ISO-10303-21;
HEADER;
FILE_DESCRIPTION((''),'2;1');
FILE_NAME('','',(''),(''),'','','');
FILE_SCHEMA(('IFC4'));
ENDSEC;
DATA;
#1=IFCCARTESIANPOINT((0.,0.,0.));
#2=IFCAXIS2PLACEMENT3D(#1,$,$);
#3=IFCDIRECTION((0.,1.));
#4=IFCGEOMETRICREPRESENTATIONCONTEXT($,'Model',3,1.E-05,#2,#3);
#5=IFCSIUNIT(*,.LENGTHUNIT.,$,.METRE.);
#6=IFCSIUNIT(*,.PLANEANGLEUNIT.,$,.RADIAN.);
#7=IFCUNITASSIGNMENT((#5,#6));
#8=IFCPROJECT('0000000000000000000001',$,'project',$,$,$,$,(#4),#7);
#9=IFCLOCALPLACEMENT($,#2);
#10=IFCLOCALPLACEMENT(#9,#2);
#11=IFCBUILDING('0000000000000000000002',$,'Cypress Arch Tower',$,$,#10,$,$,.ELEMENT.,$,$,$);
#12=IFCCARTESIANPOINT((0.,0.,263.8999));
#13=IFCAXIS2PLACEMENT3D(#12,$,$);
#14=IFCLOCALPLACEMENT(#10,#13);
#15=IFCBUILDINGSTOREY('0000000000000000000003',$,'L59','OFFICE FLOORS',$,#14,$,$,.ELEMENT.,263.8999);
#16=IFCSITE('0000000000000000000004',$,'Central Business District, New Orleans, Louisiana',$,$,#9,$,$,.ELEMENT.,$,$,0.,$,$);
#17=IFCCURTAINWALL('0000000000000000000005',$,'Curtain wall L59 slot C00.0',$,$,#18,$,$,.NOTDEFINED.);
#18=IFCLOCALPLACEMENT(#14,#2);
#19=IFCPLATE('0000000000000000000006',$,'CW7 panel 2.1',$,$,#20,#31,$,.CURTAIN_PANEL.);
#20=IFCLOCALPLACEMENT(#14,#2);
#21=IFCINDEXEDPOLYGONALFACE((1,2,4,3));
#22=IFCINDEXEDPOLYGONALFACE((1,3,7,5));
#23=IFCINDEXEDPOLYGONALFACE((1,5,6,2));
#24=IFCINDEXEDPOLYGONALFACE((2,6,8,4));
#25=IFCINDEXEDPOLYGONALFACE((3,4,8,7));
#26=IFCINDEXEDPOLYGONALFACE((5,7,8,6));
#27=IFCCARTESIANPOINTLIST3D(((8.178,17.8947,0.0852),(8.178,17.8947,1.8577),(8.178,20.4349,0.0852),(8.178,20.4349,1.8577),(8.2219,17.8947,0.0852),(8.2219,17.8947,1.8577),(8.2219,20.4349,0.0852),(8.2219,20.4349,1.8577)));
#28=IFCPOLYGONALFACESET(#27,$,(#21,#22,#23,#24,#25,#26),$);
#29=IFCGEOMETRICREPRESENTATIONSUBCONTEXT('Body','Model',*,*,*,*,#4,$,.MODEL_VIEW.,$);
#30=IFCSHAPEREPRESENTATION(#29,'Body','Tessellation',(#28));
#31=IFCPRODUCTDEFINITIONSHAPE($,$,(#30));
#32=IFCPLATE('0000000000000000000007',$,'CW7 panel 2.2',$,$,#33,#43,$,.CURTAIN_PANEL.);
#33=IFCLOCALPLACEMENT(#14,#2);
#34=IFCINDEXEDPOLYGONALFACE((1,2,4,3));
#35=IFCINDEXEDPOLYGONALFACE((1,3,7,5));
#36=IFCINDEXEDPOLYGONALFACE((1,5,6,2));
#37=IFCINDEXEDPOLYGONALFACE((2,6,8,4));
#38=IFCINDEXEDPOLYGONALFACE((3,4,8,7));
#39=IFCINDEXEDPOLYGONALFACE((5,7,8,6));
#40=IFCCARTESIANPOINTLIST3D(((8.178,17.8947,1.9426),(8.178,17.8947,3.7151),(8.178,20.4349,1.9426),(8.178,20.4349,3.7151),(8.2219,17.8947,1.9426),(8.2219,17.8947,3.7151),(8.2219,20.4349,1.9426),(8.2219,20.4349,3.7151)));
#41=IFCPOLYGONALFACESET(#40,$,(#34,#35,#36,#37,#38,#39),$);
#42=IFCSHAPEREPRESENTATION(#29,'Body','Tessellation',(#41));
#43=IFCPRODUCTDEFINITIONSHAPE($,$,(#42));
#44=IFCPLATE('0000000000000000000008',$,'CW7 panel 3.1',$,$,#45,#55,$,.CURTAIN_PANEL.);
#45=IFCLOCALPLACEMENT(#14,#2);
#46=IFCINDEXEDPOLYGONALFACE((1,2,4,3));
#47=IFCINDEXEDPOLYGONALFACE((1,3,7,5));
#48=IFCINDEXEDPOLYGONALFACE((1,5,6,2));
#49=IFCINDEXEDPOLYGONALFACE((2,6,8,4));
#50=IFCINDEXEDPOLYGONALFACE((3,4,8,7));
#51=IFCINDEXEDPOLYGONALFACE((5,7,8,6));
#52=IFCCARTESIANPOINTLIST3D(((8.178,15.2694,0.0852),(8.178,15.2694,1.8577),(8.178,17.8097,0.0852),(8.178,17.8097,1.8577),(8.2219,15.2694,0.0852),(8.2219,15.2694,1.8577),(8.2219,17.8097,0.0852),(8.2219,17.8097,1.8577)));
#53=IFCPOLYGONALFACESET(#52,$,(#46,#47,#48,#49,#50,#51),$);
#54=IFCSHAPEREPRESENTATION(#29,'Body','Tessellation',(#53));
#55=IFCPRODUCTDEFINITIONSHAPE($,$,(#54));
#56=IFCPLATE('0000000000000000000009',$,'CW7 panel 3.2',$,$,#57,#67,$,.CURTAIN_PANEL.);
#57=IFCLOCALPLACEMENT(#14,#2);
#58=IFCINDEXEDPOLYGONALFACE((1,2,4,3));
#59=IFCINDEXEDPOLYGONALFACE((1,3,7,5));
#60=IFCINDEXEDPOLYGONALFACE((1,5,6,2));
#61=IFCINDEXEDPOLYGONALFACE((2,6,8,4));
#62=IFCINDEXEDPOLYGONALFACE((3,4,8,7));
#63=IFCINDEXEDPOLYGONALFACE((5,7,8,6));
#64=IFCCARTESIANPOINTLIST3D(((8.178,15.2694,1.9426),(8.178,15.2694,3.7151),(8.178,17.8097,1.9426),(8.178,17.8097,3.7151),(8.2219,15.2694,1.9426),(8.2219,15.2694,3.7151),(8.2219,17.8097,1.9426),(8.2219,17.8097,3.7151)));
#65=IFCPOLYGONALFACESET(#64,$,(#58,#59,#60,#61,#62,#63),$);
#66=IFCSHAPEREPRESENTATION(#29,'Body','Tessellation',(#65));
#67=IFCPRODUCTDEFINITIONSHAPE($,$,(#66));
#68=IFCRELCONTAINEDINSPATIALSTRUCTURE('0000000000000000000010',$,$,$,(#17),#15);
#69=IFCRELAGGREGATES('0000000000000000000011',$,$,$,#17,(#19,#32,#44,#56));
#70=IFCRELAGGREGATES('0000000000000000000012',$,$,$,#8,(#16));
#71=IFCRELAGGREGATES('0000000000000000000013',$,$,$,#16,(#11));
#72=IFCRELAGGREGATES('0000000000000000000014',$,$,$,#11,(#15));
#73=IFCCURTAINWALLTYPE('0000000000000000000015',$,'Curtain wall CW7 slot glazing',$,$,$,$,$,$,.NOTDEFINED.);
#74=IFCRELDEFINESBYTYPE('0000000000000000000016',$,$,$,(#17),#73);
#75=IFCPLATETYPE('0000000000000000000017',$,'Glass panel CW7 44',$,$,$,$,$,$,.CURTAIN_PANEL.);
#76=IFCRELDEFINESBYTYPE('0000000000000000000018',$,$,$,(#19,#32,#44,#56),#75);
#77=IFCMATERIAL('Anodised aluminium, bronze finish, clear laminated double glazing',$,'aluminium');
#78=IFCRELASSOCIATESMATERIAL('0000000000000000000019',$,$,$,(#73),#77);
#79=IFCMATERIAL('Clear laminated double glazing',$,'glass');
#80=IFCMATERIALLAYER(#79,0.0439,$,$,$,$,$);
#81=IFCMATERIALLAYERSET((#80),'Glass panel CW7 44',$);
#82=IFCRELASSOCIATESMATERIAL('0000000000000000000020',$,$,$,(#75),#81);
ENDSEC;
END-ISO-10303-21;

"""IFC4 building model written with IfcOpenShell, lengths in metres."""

from ifc_helpers import new_model, si_unit, direction, frame, origin, origin_2d, place, context, subcontext, project, spatial, rectangle, extrude, material, layer, layer_set, type_object, element, aggregate, save


model = new_model("IFC4")

# Units and contexts
model_context = context("Model", 3, precision=1e-05, world=origin(), true_north=direction((0.0, 1.0)))
body_context = subcontext(model_context, "Body", "Model", "MODEL_VIEW")
ifc_project = project(units=[si_unit("LENGTHUNIT", "METRE"), si_unit("PLANEANGLEUNIT", "RADIAN")], contexts=[model_context])

# Site, building, storey
site_placement = place(None, origin())
site = spatial("IfcSite", under=ifc_project, at=site_placement, Name="Central Business District, New Orleans, Louisiana", CompositionType="ELEMENT", RefElevation=0.0)
building_placement = place(site_placement, origin())
building = spatial("IfcBuilding", under=site, at=building_placement, Name="Cypress Arch Tower", CompositionType="ELEMENT")
storey_placement = place(building_placement, frame((0.0, 0.0, 263.8999)))
storey = spatial("IfcBuildingStorey", under=building, at=storey_placement, Name="L59", Description="OFFICE FLOORS", CompositionType="ELEMENT", Elevation=263.8999)

# Curtain wall, plates
ifc_material_1 = material(Name="Anodised aluminium, bronze finish, clear laminated double glazing", Category="aluminium")
curtain_wall_type = type_object("IfcCurtainWallType", Name="Curtain wall CW7 slot glazing", PredefinedType="NOTDEFINED", material=ifc_material_1)
curtain_wall_placement = place(storey_placement, origin())
curtain_wall = element("IfcCurtainWall", 1, at=curtain_wall_placement, inside=storey, type_object=curtain_wall_type, Name="Curtain wall L59 slot C00.0", PredefinedType="NOTDEFINED")
ifc_material_2 = material(Name="Clear laminated double glazing", Category="glass")
ifc_layer = layer(ifc_material_2, 0.0439)
ifc_layer_set = layer_set([ifc_layer], Name="Glass panel CW7 44")
plate_type = type_object("IfcPlateType", Name="Glass panel CW7 44", PredefinedType="CURTAIN_PANEL", material=ifc_layer_set)
plate_1_placement = place(storey_placement, frame((8.2, 19.1648, 0.0852), z_axis=(0.0, 0.0, 1.0), x_axis=(0.0, -1.0, 0.0)))
plate_1 = element("IfcPlate", 2, at=plate_1_placement, type_object=plate_type, Name="CW7 panel 2.1", PredefinedType="CURTAIN_PANEL", context=body_context, shape_type="SweptSolid", body=[
    extrude(rectangle(XDim=2.5403, YDim=0.0439, at=origin_2d()), origin(), (0.0, 0.0, 1.0), 1.7725),
])
plate_2_placement = place(storey_placement, frame((8.2, 19.1648, 1.9426), z_axis=(0.0, 0.0, 1.0), x_axis=(0.0, -1.0, 0.0)))
plate_2 = element("IfcPlate", 3, at=plate_2_placement, type_object=plate_type, Name="CW7 panel 2.2", PredefinedType="CURTAIN_PANEL", context=body_context, shape_type="SweptSolid", body=[
    extrude(rectangle(XDim=2.5403, YDim=0.0439, at=origin_2d()), origin(), (0.0, 0.0, 1.0), 1.7725),
])
plate_3_placement = place(storey_placement, frame((8.2, 16.5396, 0.0852), z_axis=(0.0, 0.0, 1.0), x_axis=(0.0, -1.0, 0.0)))
plate_3 = element("IfcPlate", 4, at=plate_3_placement, type_object=plate_type, Name="CW7 panel 3.1", PredefinedType="CURTAIN_PANEL", context=body_context, shape_type="SweptSolid", body=[
    extrude(rectangle(XDim=2.5403, YDim=0.0439, at=origin_2d()), origin(), (0.0, 0.0, 1.0), 1.7725),
])
plate_4_placement = place(storey_placement, frame((8.2, 16.5396, 1.9426), z_axis=(0.0, 0.0, 1.0), x_axis=(0.0, -1.0, 0.0)))
plate_4 = element("IfcPlate", 5, at=plate_4_placement, type_object=plate_type, Name="CW7 panel 3.2", PredefinedType="CURTAIN_PANEL", context=body_context, shape_type="SweptSolid", body=[
    extrude(rectangle(XDim=2.5403, YDim=0.0439, at=origin_2d()), origin(), (0.0, 0.0, 1.0), 1.7725),
])
aggregate(curtain_wall, [plate_1, plate_2, plate_3, plate_4])

save(model, "model.ifc")
